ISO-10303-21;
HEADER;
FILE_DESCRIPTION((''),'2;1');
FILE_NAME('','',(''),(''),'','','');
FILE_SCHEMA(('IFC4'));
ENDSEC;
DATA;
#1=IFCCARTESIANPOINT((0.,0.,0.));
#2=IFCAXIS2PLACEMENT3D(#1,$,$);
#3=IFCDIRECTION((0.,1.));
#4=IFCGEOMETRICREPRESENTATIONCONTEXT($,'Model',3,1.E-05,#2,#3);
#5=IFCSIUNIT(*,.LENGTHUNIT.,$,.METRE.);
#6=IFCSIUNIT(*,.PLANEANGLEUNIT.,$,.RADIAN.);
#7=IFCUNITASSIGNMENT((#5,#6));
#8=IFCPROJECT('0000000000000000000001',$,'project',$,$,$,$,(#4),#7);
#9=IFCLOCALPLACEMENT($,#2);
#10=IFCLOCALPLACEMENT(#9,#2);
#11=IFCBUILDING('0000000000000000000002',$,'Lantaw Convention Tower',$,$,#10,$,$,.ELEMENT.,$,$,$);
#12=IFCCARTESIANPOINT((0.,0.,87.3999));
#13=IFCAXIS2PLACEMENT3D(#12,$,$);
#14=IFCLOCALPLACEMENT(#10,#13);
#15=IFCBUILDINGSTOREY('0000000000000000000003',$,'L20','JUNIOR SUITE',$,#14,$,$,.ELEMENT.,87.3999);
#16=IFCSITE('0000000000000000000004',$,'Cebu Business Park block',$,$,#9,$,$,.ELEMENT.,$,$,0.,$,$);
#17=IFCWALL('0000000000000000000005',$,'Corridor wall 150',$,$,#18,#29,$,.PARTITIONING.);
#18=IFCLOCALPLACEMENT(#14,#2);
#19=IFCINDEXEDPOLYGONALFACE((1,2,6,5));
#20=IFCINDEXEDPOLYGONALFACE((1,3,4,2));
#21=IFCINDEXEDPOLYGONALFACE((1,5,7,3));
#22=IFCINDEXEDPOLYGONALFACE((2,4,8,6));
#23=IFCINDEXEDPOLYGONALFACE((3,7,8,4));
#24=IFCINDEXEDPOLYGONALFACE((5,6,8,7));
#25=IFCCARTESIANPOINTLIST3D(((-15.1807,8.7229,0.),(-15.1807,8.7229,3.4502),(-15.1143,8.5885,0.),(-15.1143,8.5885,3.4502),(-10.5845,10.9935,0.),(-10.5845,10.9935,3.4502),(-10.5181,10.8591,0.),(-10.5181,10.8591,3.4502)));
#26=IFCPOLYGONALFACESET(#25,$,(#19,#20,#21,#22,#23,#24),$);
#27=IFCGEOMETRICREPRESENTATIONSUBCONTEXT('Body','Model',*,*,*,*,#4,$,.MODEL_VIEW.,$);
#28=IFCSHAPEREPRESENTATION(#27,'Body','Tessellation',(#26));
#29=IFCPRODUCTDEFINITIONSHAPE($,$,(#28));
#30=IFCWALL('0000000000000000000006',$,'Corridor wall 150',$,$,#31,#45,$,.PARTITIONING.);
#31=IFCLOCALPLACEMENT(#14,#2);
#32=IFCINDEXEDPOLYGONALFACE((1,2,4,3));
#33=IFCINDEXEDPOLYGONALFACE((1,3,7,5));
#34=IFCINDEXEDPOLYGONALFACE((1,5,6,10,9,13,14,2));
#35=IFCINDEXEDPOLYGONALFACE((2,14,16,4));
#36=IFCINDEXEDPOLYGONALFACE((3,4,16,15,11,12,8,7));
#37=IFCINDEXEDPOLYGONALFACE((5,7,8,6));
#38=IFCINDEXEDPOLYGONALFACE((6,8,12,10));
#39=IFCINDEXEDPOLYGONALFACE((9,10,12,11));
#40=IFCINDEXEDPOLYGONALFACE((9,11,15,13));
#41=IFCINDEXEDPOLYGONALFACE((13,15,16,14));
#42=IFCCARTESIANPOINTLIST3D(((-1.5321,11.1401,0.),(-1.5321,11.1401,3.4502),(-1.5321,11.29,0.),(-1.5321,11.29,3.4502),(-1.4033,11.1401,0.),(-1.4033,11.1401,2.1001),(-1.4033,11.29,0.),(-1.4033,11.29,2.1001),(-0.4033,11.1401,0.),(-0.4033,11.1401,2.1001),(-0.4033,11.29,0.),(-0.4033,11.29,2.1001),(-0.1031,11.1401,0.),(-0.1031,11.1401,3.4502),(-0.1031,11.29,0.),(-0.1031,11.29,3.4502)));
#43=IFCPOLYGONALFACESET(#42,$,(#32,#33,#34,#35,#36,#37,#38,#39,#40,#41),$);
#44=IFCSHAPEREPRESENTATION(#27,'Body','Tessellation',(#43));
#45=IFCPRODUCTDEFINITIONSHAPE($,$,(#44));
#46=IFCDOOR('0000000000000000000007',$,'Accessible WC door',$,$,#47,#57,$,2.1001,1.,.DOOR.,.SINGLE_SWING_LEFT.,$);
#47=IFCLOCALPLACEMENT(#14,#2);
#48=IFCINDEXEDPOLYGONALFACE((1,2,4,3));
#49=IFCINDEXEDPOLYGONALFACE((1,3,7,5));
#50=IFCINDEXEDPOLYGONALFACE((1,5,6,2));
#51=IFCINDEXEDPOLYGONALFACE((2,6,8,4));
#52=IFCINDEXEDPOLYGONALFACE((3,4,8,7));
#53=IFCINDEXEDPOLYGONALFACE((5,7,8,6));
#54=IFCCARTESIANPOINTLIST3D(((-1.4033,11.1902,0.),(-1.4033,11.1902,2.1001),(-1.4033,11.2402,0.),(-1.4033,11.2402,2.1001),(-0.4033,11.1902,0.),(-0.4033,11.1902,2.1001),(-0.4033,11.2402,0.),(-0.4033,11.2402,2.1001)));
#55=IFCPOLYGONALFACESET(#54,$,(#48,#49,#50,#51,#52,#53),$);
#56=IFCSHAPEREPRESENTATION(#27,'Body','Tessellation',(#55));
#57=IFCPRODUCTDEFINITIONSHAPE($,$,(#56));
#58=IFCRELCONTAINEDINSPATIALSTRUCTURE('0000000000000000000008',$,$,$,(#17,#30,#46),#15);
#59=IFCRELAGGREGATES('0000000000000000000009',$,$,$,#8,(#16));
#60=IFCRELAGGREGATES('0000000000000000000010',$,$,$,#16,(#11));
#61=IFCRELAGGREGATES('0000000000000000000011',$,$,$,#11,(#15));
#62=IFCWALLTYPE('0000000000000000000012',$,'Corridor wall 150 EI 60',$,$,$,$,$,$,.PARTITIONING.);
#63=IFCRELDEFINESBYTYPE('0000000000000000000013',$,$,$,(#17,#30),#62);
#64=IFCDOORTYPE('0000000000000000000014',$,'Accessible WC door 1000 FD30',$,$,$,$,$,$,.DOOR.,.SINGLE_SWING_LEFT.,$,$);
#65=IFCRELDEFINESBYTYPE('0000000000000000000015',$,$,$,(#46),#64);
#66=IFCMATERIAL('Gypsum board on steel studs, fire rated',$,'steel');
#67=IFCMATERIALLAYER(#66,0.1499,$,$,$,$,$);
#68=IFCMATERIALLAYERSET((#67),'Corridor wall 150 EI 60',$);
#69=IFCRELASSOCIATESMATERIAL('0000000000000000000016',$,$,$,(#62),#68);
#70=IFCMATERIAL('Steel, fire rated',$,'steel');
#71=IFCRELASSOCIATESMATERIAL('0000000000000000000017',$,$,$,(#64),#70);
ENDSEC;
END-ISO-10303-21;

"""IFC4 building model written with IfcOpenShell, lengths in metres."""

from ifc_helpers import new_model, si_unit, direction, frame, frame_2d, origin, place, context, subcontext, project, spatial, rectangle, extrude, material, layer, layer_set, type_object, element, fill, save


model = new_model("IFC4")

# Units and contexts
model_context = context("Model", 3, precision=1e-05, world=origin(), true_north=direction((0.0, 1.0)))
body_context = subcontext(model_context, "Body", "Model", "MODEL_VIEW")
ifc_project = project(units=[si_unit("LENGTHUNIT", "METRE"), si_unit("PLANEANGLEUNIT", "RADIAN")], contexts=[model_context])

# Site, building, storey
site_placement = place(None, origin())
site = spatial("IfcSite", under=ifc_project, at=site_placement, Name="Cebu Business Park block", CompositionType="ELEMENT", RefElevation=0.0)
building_placement = place(site_placement, origin())
building = spatial("IfcBuilding", under=site, at=building_placement, Name="Lantaw Convention Tower", CompositionType="ELEMENT")
storey_placement = place(building_placement, frame((0.0, 0.0, 87.3999)))
storey = spatial("IfcBuildingStorey", under=building, at=storey_placement, Name="L20", Description="JUNIOR SUITE", CompositionType="ELEMENT", Elevation=87.3999)

# Shared definitions
ifc_material_1 = material(Name="Gypsum board on steel studs, fire rated", Category="steel")
ifc_layer_1 = layer(ifc_material_1, 0.1499)
ifc_layer_set_1 = layer_set([ifc_layer_1], Name="Corridor wall 150 EI 60")
wall_type_1 = type_object("IfcWallType", Name="Corridor wall 150 EI 60", PredefinedType="PARTITIONING", material=ifc_layer_set_1)
ifc_material_2 = material(Name="Steel, fire rated", Category="steel")

# Wall
wall_1_placement = place(storey_placement, frame((-10.5513, 10.9263, 0.0), z_axis=(0.0, 0.0, 1.0), x_axis=(-0.896569, -0.442903, 0.0)))
element("IfcWall", 1, at=wall_1_placement, inside=storey, type_object=wall_type_1, Name="Corridor wall 150", PredefinedType="PARTITIONING", context=body_context, shape_type="SweptSolid", body=[
    extrude(rectangle(XDim=5.1265, YDim=0.1499, at=frame_2d((2.5632, 0.0))), origin(), (0.0, 0.0, 1.0), 3.4502),
])

# Wall, opening, door
wall_2_placement = place(storey_placement, frame((-0.1033, 11.2151, 0.0), z_axis=(0.0, 0.0, 1.0), x_axis=(-1.0, 0.0, 0.0)))
wall_2 = element("IfcWall", 2, at=wall_2_placement, inside=storey, type_object=wall_type_1, Name="Corridor wall 150", PredefinedType="PARTITIONING", context=body_context, shape_type="SweptSolid", body=[
    extrude(rectangle(XDim=1.429, YDim=0.1499, at=frame_2d((0.7144, 0.0))), origin(), (0.0, 0.0, 1.0), 3.4502),
])
opening_1_placement = place(wall_2_placement, frame((0.3, 0.0, 0.0)))
opening_1 = element("IfcOpeningElement", 3, at=opening_1_placement, cuts=wall_2, PredefinedType="OPENING", context=body_context, shape_type="SweptSolid", body=[
    extrude(rectangle(XDim=1.0, YDim=2.1001, at=frame_2d((0.5, 1.05))), frame((0.0, 0.085, 0.0), z_axis=(0.0, -1.0, 0.0), x_axis=(1.0, 0.0, 0.0)), (0.0, 0.0, 1.0), 0.1699),
])
door_type_1 = type_object("IfcDoorType", Name="Accessible WC door 1000 FD30", OperationType="SINGLE_SWING_LEFT", PredefinedType="DOOR", material=ifc_material_2)
door_1_placement = place(opening_1_placement, origin())
door_1 = element("IfcDoor", 4, at=door_1_placement, inside=storey, type_object=door_type_1, Name="Accessible WC door", OperationType="SINGLE_SWING_LEFT", OverallHeight=2.1001, OverallWidth=1.0, PredefinedType="DOOR", context=body_context, shape_type="SweptSolid", body=[
    extrude(rectangle(XDim=1.0, YDim=2.1001, at=frame_2d((0.5, 1.05))), frame((0.0, 0.0249, 0.0), z_axis=(0.0, -1.0, 0.0), x_axis=(1.0, 0.0, 0.0)), (0.0, 0.0, 1.0), 0.05),
])
fill(opening_1, door_1)

save(model, "model.ifc")
